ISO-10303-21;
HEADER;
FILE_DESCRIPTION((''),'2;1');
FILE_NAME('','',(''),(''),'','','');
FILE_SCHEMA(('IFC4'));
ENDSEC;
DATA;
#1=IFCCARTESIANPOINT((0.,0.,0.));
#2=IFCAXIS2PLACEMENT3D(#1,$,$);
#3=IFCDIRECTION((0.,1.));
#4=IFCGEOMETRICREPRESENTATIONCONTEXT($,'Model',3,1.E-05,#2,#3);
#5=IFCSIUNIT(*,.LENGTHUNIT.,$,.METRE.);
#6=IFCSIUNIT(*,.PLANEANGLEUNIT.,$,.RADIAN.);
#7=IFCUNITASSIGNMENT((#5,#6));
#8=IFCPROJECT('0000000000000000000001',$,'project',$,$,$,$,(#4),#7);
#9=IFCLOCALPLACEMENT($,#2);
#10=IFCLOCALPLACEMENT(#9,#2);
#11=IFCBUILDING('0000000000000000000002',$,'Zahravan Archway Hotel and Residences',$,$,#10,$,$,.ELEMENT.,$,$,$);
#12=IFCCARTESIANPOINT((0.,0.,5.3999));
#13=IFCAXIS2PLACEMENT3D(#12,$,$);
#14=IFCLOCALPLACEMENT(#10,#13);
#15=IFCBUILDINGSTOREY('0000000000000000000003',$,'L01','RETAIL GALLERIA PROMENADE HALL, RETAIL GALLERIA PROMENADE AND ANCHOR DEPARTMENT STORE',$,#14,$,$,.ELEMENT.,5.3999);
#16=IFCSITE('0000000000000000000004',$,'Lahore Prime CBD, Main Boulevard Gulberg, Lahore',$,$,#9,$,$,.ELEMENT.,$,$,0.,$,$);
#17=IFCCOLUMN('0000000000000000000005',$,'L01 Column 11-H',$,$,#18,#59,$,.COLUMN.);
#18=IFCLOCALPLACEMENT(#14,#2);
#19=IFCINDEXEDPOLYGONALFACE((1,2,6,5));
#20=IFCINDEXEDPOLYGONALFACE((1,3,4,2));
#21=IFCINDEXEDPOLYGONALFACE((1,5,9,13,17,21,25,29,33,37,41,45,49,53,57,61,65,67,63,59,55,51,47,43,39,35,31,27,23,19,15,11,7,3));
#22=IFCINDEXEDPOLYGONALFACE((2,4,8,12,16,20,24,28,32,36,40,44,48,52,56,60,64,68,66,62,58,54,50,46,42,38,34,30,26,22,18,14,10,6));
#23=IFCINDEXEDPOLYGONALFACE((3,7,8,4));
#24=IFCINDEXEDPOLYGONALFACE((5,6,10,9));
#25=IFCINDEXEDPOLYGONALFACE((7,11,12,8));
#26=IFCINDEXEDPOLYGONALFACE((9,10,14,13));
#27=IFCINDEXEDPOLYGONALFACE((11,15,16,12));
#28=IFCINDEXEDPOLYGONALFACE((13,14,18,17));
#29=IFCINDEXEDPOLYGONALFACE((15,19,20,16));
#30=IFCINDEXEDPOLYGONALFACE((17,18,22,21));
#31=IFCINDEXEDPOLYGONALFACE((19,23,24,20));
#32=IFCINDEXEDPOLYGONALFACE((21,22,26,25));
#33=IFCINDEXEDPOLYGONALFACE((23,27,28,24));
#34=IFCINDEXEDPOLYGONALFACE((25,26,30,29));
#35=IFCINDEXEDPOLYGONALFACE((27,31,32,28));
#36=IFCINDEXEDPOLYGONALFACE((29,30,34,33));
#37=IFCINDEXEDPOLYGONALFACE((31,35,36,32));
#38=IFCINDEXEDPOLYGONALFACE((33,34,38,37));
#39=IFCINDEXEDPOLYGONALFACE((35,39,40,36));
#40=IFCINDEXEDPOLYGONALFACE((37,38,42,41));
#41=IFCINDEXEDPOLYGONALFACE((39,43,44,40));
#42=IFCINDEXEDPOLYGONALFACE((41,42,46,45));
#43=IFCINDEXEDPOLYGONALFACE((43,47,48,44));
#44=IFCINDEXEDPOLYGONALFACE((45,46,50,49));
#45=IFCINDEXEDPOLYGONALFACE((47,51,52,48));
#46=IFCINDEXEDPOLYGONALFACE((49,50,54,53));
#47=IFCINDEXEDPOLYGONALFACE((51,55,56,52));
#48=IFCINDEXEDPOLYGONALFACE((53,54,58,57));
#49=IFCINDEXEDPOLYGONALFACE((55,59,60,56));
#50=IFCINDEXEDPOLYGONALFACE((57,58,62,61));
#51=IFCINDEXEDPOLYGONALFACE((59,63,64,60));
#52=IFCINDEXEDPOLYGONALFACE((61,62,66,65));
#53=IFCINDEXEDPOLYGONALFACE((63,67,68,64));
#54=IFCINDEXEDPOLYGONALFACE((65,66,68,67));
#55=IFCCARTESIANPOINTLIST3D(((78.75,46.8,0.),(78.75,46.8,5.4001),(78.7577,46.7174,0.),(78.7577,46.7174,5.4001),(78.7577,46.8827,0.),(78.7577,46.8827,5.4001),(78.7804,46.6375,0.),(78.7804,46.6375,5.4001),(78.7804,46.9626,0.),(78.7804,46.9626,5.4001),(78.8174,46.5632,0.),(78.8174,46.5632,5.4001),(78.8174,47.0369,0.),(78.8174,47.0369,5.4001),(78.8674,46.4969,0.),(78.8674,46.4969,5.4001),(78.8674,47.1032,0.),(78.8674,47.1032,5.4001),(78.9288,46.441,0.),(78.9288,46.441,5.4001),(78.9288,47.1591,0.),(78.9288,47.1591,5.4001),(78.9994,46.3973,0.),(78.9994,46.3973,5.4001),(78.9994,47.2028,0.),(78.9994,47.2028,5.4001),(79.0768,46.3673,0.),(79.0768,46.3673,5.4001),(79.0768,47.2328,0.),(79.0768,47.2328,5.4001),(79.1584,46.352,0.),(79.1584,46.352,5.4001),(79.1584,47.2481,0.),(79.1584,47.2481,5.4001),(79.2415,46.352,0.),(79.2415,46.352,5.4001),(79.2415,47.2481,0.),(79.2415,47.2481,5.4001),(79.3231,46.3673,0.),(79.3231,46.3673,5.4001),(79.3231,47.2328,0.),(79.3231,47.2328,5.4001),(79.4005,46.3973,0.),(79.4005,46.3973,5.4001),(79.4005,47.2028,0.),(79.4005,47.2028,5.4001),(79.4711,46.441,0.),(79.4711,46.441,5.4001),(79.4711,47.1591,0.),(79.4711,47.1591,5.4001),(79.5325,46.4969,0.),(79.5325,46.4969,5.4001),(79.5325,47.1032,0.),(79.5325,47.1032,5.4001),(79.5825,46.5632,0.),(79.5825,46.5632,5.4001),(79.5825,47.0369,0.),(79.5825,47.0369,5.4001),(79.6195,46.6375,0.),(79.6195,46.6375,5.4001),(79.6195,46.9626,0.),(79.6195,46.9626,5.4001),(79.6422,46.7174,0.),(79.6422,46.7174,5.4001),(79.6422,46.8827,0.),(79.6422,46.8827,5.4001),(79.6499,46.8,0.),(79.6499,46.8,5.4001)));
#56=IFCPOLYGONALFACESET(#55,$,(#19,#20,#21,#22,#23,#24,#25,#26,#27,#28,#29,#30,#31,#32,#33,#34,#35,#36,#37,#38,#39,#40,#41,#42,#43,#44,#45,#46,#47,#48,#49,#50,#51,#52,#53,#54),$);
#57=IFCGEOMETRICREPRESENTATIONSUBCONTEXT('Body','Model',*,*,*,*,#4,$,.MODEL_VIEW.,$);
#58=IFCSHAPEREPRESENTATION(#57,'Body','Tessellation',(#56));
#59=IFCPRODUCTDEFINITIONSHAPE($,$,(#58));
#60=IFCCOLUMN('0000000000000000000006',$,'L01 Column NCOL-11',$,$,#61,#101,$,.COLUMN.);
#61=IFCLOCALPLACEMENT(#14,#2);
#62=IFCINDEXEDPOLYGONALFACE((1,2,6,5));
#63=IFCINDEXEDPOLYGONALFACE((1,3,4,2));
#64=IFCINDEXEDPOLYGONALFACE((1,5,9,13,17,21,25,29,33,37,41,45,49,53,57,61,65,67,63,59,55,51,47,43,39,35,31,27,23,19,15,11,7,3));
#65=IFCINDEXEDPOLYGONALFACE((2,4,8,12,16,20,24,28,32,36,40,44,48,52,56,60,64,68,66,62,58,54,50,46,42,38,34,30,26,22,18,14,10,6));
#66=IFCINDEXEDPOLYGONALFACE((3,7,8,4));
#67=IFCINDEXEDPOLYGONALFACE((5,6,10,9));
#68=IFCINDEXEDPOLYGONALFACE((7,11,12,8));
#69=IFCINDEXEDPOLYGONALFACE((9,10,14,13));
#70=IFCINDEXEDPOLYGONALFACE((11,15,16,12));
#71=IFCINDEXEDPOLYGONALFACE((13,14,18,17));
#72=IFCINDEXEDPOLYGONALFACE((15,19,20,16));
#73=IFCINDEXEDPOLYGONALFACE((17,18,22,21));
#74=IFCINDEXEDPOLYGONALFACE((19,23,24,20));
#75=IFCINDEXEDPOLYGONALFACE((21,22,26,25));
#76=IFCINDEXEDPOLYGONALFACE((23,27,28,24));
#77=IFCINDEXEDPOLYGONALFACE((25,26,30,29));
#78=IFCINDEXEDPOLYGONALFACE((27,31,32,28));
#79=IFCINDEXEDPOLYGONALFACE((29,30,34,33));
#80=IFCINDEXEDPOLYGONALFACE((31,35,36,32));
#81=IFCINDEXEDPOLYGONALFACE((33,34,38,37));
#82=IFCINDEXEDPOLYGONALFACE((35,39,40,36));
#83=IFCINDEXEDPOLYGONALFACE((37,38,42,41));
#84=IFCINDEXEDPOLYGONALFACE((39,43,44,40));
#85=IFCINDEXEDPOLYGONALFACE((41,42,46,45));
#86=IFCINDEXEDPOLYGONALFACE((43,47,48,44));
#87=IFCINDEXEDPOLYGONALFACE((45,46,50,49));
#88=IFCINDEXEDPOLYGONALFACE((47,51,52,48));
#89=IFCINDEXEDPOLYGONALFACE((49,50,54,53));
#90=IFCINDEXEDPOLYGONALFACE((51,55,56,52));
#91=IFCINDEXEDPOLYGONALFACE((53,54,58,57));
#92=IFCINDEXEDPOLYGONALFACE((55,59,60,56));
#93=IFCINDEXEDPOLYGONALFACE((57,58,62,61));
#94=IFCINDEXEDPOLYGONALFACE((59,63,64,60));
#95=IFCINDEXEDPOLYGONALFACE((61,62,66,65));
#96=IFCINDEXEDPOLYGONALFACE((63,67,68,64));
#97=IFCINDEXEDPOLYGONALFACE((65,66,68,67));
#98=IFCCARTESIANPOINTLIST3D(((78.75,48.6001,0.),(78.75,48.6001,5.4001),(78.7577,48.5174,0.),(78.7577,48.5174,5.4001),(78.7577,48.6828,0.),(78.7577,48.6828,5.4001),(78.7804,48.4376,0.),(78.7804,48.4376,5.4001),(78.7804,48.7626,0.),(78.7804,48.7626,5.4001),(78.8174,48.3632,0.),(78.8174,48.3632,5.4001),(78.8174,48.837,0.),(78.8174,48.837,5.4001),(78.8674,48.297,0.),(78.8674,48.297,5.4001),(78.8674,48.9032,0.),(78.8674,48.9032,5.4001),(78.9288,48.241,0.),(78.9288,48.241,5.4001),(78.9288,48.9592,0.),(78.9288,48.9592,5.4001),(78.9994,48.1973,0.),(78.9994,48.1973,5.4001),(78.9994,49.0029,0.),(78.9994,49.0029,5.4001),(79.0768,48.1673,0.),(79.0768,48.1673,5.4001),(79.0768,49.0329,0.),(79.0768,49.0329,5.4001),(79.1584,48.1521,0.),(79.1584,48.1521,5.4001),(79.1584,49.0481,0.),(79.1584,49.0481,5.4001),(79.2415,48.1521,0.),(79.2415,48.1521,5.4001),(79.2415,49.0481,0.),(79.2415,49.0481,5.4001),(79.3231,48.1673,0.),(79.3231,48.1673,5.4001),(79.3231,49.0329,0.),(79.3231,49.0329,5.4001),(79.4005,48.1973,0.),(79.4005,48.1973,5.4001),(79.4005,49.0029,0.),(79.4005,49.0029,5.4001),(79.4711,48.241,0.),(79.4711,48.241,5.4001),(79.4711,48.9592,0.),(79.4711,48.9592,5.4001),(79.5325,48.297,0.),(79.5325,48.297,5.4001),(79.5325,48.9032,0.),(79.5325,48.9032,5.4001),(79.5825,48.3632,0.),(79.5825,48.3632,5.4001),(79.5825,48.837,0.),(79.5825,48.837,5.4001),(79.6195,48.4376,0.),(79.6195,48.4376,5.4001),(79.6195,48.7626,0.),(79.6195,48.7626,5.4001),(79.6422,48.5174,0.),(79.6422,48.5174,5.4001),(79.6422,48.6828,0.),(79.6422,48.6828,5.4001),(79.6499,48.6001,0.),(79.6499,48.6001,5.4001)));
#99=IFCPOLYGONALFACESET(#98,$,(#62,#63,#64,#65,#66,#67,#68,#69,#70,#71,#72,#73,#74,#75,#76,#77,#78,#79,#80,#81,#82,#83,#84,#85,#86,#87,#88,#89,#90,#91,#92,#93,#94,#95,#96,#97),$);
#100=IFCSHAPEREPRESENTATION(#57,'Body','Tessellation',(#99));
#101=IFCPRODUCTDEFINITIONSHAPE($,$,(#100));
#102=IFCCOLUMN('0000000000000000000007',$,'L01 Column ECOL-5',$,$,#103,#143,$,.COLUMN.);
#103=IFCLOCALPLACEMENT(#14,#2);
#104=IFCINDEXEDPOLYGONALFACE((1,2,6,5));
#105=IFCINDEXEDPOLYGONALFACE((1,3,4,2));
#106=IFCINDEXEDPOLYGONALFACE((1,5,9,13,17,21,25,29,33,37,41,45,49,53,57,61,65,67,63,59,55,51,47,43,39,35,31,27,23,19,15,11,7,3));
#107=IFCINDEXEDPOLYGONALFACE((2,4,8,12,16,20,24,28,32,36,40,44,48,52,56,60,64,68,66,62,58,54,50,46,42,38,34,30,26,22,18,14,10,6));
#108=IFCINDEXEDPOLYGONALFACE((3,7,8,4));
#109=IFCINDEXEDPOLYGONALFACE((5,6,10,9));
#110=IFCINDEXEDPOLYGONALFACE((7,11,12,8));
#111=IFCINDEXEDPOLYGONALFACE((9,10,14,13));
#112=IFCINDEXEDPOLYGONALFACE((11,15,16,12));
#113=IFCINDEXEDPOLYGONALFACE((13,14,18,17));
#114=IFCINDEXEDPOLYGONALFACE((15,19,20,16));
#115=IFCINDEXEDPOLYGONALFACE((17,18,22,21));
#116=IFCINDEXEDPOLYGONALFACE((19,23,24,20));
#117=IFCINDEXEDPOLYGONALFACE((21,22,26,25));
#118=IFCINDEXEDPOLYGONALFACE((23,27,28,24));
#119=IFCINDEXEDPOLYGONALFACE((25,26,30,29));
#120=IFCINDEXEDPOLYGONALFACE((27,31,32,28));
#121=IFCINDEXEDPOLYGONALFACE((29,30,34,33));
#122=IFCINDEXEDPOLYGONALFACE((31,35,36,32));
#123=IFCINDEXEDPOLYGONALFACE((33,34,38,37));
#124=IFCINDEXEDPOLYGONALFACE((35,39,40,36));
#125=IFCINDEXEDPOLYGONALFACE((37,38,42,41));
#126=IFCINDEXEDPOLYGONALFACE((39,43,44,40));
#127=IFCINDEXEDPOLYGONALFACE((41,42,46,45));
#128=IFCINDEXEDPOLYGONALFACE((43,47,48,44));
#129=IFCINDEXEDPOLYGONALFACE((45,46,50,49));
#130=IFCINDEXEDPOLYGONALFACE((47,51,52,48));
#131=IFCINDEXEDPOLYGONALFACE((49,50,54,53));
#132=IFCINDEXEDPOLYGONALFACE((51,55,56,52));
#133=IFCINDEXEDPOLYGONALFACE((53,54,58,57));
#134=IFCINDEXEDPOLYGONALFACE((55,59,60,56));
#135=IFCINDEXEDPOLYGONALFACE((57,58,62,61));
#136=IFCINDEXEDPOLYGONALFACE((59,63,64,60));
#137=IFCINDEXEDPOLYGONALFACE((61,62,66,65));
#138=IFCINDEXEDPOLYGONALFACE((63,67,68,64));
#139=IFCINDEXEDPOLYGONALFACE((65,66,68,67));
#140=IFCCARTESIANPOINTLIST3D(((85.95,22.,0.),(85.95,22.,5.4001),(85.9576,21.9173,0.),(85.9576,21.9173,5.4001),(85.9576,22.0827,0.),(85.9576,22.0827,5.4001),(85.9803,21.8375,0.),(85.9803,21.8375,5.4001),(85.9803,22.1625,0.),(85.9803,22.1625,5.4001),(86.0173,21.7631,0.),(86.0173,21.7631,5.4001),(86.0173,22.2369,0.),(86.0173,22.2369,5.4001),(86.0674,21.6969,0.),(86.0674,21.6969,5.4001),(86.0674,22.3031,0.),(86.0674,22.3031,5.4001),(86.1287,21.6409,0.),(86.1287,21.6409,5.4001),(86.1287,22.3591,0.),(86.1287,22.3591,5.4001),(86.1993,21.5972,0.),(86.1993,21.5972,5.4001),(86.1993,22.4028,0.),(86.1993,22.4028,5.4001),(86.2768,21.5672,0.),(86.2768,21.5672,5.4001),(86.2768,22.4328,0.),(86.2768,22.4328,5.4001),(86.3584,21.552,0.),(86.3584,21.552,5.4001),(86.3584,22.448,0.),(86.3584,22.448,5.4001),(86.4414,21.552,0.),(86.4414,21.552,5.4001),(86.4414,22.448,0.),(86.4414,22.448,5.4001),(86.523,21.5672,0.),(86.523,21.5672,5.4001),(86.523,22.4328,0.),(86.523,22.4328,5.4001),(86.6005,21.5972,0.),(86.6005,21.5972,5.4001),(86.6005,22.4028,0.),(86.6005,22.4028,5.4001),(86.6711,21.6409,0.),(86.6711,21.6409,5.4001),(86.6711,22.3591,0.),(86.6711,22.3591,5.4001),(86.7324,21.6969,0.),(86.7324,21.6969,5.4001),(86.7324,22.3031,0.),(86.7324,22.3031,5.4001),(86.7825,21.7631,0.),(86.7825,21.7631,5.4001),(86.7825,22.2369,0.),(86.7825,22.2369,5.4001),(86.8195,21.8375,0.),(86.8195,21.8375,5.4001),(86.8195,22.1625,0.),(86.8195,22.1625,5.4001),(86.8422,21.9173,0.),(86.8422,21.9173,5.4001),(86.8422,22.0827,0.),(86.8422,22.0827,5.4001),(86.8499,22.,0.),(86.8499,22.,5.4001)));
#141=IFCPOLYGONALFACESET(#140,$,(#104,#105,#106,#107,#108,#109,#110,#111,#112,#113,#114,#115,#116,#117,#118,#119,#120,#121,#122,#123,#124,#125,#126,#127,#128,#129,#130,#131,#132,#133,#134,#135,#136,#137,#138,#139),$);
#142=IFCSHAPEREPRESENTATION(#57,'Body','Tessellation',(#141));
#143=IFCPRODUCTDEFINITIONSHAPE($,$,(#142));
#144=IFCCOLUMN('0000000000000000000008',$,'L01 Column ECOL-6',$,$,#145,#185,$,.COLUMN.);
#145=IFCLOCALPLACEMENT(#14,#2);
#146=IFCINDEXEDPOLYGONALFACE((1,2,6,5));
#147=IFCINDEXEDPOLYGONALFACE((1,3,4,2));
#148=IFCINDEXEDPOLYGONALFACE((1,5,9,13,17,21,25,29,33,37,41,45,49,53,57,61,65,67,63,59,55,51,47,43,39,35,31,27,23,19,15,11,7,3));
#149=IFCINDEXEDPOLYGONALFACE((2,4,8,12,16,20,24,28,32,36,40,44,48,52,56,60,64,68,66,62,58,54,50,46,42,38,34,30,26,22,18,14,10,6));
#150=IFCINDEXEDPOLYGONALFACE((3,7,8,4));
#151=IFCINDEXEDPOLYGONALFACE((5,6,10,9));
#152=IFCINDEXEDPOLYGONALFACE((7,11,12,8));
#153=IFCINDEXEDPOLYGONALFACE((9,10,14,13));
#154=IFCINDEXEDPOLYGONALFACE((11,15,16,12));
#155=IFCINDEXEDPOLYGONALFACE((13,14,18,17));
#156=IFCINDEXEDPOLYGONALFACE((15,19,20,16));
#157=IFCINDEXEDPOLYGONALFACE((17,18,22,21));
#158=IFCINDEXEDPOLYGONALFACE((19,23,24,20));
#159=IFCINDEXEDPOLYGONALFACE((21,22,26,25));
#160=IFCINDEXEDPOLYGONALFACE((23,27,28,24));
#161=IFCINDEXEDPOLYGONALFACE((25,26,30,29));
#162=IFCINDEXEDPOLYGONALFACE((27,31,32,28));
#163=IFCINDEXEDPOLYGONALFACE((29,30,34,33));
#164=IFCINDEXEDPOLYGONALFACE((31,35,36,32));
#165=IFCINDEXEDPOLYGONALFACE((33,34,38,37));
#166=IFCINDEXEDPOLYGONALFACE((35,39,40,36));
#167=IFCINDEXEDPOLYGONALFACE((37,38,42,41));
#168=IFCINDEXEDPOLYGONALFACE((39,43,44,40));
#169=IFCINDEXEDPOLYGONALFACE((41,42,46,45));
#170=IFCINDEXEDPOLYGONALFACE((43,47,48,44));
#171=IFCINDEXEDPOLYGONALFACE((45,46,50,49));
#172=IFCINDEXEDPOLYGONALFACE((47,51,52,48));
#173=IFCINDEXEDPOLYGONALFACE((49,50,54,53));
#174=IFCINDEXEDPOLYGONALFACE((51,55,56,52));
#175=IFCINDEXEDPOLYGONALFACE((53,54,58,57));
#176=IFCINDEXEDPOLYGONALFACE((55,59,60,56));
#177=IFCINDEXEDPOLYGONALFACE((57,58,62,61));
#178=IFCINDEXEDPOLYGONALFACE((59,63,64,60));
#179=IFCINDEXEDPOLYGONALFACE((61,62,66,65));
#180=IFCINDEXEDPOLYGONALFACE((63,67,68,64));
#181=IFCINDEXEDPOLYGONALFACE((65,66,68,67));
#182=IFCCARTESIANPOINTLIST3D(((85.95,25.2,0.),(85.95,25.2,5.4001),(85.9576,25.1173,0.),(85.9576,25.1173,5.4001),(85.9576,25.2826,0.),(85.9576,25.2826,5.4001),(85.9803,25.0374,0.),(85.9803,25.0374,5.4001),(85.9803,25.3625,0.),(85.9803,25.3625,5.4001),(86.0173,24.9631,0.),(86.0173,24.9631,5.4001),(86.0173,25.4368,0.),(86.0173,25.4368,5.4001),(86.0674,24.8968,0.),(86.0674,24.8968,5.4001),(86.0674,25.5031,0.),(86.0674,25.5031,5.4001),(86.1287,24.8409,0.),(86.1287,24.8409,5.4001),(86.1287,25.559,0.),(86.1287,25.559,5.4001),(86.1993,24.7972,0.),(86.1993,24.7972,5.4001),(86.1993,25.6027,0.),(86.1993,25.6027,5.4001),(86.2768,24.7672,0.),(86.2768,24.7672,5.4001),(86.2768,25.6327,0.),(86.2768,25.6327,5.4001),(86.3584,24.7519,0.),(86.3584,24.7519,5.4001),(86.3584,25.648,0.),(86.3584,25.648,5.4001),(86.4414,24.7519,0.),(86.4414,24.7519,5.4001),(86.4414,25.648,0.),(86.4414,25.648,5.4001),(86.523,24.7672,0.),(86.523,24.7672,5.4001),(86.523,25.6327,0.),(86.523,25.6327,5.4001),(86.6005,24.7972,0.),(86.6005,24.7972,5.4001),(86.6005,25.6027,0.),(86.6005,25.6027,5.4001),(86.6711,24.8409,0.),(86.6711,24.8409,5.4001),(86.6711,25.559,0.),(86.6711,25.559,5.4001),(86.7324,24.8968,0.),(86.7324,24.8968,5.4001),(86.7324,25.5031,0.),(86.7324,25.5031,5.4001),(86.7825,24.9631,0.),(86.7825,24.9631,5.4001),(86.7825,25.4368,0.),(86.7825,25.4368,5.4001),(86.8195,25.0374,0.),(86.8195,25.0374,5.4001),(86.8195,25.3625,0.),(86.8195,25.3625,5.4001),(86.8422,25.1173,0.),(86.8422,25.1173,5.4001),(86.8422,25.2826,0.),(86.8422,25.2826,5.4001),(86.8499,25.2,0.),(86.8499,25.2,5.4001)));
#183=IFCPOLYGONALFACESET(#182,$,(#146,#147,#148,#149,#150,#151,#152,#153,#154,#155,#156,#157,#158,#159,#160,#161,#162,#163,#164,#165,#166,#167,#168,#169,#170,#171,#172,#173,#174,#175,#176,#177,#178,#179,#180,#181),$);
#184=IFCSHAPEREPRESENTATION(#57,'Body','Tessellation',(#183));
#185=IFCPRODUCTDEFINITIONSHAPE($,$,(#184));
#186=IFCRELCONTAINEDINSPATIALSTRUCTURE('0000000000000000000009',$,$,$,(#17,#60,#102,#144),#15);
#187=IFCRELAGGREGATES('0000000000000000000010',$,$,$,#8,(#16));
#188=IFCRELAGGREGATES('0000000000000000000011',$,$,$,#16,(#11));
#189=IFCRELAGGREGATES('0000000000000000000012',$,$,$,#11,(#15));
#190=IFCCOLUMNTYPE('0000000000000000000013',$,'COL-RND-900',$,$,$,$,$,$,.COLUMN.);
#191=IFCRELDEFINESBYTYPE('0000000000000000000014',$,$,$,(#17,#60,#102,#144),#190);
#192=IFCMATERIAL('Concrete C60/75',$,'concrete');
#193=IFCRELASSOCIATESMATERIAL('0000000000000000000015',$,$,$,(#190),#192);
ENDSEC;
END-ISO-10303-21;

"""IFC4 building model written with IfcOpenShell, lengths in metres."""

from ifc_helpers import new_model, si_unit, direction, frame, origin, origin_2d, place, context, subcontext, project, spatial, circle, extrude, source, transform, mapped, material, material_profile, profile_set, type_object, element, save


model = new_model("IFC4")

# Units and contexts
model_context = context("Model", 3, precision=1e-05, world=origin(), true_north=direction((0.0, 1.0)))
body_context = subcontext(model_context, "Body", "Model", "MODEL_VIEW")
ifc_project = project(units=[si_unit("LENGTHUNIT", "METRE"), si_unit("PLANEANGLEUNIT", "RADIAN")], contexts=[model_context])

# Site, building, storey
site_placement = place(None, origin())
site = spatial("IfcSite", under=ifc_project, at=site_placement, Name="Lahore Prime CBD, Main Boulevard Gulberg, Lahore", CompositionType="ELEMENT", RefElevation=0.0)
building_placement = place(site_placement, origin())
building = spatial("IfcBuilding", under=site, at=building_placement, Name="Zahravan Archway Hotel and Residences", CompositionType="ELEMENT")
storey_placement = place(building_placement, frame((0.0, 0.0, 5.3999)))
storey = spatial("IfcBuildingStorey", under=building, at=storey_placement, Name="L01", Description="RETAIL GALLERIA PROMENADE HALL, RETAIL GALLERIA PROMENADE AND ANCHOR DEPARTMENT STORE", CompositionType="ELEMENT", Elevation=5.3999)

# Columns
ifc_material_1 = material(Name="Concrete C60/75", Category="concrete")
ifc_material_profile_1 = material_profile(ifc_material_1, circle(Radius=0.45, at=origin_2d()), Name="RC-CIRC-900", Category="concrete")
ifc_profile_set_1 = profile_set([ifc_material_profile_1], Name="Concrete C60/75")
column_type = type_object("IfcColumnType", Name="COL-RND-900", PredefinedType="COLUMN", material=ifc_profile_set_1)
shared_shape_1 = source(origin(), body_context, "Body", "SweptSolid", [
    extrude(circle(Radius=0.45, at=origin_2d()), origin(), (0.0, 0.0, 1.0), 5.4001),
])
for number, where, z_axis, x_axis, name in (
    (1, (79.2, 46.8, 0.0), (0.0, 0.0, 1.0), (1.0, 0.0, 0.0), "L01 Column 11-H"),
    (2, (79.2, 48.6001, 0.0), (0.0, 0.0, 1.0), (1.0, 0.0, 0.0), "L01 Column NCOL-11"),
    (3, (86.3999, 22.0, 0.0), (0.0, 0.0, 1.0), (1.0, 0.0, 0.0), "L01 Column ECOL-5"),
    (4, (86.3999, 25.2, 0.0), (0.0, 0.0, 1.0), (1.0, 0.0, 0.0), "L01 Column ECOL-6"),
):
    element("IfcColumn", number, at=place(storey_placement, frame(where, z_axis=z_axis, x_axis=x_axis)), inside=storey, type_object=column_type, Name=name, PredefinedType="COLUMN", context=body_context, shape_type="MappedRepresentation", body=[
        mapped(shared_shape_1, transform((0.0, 0.0, 0.0), scale=1.0)),
    ])

save(model, "model.ifc")
